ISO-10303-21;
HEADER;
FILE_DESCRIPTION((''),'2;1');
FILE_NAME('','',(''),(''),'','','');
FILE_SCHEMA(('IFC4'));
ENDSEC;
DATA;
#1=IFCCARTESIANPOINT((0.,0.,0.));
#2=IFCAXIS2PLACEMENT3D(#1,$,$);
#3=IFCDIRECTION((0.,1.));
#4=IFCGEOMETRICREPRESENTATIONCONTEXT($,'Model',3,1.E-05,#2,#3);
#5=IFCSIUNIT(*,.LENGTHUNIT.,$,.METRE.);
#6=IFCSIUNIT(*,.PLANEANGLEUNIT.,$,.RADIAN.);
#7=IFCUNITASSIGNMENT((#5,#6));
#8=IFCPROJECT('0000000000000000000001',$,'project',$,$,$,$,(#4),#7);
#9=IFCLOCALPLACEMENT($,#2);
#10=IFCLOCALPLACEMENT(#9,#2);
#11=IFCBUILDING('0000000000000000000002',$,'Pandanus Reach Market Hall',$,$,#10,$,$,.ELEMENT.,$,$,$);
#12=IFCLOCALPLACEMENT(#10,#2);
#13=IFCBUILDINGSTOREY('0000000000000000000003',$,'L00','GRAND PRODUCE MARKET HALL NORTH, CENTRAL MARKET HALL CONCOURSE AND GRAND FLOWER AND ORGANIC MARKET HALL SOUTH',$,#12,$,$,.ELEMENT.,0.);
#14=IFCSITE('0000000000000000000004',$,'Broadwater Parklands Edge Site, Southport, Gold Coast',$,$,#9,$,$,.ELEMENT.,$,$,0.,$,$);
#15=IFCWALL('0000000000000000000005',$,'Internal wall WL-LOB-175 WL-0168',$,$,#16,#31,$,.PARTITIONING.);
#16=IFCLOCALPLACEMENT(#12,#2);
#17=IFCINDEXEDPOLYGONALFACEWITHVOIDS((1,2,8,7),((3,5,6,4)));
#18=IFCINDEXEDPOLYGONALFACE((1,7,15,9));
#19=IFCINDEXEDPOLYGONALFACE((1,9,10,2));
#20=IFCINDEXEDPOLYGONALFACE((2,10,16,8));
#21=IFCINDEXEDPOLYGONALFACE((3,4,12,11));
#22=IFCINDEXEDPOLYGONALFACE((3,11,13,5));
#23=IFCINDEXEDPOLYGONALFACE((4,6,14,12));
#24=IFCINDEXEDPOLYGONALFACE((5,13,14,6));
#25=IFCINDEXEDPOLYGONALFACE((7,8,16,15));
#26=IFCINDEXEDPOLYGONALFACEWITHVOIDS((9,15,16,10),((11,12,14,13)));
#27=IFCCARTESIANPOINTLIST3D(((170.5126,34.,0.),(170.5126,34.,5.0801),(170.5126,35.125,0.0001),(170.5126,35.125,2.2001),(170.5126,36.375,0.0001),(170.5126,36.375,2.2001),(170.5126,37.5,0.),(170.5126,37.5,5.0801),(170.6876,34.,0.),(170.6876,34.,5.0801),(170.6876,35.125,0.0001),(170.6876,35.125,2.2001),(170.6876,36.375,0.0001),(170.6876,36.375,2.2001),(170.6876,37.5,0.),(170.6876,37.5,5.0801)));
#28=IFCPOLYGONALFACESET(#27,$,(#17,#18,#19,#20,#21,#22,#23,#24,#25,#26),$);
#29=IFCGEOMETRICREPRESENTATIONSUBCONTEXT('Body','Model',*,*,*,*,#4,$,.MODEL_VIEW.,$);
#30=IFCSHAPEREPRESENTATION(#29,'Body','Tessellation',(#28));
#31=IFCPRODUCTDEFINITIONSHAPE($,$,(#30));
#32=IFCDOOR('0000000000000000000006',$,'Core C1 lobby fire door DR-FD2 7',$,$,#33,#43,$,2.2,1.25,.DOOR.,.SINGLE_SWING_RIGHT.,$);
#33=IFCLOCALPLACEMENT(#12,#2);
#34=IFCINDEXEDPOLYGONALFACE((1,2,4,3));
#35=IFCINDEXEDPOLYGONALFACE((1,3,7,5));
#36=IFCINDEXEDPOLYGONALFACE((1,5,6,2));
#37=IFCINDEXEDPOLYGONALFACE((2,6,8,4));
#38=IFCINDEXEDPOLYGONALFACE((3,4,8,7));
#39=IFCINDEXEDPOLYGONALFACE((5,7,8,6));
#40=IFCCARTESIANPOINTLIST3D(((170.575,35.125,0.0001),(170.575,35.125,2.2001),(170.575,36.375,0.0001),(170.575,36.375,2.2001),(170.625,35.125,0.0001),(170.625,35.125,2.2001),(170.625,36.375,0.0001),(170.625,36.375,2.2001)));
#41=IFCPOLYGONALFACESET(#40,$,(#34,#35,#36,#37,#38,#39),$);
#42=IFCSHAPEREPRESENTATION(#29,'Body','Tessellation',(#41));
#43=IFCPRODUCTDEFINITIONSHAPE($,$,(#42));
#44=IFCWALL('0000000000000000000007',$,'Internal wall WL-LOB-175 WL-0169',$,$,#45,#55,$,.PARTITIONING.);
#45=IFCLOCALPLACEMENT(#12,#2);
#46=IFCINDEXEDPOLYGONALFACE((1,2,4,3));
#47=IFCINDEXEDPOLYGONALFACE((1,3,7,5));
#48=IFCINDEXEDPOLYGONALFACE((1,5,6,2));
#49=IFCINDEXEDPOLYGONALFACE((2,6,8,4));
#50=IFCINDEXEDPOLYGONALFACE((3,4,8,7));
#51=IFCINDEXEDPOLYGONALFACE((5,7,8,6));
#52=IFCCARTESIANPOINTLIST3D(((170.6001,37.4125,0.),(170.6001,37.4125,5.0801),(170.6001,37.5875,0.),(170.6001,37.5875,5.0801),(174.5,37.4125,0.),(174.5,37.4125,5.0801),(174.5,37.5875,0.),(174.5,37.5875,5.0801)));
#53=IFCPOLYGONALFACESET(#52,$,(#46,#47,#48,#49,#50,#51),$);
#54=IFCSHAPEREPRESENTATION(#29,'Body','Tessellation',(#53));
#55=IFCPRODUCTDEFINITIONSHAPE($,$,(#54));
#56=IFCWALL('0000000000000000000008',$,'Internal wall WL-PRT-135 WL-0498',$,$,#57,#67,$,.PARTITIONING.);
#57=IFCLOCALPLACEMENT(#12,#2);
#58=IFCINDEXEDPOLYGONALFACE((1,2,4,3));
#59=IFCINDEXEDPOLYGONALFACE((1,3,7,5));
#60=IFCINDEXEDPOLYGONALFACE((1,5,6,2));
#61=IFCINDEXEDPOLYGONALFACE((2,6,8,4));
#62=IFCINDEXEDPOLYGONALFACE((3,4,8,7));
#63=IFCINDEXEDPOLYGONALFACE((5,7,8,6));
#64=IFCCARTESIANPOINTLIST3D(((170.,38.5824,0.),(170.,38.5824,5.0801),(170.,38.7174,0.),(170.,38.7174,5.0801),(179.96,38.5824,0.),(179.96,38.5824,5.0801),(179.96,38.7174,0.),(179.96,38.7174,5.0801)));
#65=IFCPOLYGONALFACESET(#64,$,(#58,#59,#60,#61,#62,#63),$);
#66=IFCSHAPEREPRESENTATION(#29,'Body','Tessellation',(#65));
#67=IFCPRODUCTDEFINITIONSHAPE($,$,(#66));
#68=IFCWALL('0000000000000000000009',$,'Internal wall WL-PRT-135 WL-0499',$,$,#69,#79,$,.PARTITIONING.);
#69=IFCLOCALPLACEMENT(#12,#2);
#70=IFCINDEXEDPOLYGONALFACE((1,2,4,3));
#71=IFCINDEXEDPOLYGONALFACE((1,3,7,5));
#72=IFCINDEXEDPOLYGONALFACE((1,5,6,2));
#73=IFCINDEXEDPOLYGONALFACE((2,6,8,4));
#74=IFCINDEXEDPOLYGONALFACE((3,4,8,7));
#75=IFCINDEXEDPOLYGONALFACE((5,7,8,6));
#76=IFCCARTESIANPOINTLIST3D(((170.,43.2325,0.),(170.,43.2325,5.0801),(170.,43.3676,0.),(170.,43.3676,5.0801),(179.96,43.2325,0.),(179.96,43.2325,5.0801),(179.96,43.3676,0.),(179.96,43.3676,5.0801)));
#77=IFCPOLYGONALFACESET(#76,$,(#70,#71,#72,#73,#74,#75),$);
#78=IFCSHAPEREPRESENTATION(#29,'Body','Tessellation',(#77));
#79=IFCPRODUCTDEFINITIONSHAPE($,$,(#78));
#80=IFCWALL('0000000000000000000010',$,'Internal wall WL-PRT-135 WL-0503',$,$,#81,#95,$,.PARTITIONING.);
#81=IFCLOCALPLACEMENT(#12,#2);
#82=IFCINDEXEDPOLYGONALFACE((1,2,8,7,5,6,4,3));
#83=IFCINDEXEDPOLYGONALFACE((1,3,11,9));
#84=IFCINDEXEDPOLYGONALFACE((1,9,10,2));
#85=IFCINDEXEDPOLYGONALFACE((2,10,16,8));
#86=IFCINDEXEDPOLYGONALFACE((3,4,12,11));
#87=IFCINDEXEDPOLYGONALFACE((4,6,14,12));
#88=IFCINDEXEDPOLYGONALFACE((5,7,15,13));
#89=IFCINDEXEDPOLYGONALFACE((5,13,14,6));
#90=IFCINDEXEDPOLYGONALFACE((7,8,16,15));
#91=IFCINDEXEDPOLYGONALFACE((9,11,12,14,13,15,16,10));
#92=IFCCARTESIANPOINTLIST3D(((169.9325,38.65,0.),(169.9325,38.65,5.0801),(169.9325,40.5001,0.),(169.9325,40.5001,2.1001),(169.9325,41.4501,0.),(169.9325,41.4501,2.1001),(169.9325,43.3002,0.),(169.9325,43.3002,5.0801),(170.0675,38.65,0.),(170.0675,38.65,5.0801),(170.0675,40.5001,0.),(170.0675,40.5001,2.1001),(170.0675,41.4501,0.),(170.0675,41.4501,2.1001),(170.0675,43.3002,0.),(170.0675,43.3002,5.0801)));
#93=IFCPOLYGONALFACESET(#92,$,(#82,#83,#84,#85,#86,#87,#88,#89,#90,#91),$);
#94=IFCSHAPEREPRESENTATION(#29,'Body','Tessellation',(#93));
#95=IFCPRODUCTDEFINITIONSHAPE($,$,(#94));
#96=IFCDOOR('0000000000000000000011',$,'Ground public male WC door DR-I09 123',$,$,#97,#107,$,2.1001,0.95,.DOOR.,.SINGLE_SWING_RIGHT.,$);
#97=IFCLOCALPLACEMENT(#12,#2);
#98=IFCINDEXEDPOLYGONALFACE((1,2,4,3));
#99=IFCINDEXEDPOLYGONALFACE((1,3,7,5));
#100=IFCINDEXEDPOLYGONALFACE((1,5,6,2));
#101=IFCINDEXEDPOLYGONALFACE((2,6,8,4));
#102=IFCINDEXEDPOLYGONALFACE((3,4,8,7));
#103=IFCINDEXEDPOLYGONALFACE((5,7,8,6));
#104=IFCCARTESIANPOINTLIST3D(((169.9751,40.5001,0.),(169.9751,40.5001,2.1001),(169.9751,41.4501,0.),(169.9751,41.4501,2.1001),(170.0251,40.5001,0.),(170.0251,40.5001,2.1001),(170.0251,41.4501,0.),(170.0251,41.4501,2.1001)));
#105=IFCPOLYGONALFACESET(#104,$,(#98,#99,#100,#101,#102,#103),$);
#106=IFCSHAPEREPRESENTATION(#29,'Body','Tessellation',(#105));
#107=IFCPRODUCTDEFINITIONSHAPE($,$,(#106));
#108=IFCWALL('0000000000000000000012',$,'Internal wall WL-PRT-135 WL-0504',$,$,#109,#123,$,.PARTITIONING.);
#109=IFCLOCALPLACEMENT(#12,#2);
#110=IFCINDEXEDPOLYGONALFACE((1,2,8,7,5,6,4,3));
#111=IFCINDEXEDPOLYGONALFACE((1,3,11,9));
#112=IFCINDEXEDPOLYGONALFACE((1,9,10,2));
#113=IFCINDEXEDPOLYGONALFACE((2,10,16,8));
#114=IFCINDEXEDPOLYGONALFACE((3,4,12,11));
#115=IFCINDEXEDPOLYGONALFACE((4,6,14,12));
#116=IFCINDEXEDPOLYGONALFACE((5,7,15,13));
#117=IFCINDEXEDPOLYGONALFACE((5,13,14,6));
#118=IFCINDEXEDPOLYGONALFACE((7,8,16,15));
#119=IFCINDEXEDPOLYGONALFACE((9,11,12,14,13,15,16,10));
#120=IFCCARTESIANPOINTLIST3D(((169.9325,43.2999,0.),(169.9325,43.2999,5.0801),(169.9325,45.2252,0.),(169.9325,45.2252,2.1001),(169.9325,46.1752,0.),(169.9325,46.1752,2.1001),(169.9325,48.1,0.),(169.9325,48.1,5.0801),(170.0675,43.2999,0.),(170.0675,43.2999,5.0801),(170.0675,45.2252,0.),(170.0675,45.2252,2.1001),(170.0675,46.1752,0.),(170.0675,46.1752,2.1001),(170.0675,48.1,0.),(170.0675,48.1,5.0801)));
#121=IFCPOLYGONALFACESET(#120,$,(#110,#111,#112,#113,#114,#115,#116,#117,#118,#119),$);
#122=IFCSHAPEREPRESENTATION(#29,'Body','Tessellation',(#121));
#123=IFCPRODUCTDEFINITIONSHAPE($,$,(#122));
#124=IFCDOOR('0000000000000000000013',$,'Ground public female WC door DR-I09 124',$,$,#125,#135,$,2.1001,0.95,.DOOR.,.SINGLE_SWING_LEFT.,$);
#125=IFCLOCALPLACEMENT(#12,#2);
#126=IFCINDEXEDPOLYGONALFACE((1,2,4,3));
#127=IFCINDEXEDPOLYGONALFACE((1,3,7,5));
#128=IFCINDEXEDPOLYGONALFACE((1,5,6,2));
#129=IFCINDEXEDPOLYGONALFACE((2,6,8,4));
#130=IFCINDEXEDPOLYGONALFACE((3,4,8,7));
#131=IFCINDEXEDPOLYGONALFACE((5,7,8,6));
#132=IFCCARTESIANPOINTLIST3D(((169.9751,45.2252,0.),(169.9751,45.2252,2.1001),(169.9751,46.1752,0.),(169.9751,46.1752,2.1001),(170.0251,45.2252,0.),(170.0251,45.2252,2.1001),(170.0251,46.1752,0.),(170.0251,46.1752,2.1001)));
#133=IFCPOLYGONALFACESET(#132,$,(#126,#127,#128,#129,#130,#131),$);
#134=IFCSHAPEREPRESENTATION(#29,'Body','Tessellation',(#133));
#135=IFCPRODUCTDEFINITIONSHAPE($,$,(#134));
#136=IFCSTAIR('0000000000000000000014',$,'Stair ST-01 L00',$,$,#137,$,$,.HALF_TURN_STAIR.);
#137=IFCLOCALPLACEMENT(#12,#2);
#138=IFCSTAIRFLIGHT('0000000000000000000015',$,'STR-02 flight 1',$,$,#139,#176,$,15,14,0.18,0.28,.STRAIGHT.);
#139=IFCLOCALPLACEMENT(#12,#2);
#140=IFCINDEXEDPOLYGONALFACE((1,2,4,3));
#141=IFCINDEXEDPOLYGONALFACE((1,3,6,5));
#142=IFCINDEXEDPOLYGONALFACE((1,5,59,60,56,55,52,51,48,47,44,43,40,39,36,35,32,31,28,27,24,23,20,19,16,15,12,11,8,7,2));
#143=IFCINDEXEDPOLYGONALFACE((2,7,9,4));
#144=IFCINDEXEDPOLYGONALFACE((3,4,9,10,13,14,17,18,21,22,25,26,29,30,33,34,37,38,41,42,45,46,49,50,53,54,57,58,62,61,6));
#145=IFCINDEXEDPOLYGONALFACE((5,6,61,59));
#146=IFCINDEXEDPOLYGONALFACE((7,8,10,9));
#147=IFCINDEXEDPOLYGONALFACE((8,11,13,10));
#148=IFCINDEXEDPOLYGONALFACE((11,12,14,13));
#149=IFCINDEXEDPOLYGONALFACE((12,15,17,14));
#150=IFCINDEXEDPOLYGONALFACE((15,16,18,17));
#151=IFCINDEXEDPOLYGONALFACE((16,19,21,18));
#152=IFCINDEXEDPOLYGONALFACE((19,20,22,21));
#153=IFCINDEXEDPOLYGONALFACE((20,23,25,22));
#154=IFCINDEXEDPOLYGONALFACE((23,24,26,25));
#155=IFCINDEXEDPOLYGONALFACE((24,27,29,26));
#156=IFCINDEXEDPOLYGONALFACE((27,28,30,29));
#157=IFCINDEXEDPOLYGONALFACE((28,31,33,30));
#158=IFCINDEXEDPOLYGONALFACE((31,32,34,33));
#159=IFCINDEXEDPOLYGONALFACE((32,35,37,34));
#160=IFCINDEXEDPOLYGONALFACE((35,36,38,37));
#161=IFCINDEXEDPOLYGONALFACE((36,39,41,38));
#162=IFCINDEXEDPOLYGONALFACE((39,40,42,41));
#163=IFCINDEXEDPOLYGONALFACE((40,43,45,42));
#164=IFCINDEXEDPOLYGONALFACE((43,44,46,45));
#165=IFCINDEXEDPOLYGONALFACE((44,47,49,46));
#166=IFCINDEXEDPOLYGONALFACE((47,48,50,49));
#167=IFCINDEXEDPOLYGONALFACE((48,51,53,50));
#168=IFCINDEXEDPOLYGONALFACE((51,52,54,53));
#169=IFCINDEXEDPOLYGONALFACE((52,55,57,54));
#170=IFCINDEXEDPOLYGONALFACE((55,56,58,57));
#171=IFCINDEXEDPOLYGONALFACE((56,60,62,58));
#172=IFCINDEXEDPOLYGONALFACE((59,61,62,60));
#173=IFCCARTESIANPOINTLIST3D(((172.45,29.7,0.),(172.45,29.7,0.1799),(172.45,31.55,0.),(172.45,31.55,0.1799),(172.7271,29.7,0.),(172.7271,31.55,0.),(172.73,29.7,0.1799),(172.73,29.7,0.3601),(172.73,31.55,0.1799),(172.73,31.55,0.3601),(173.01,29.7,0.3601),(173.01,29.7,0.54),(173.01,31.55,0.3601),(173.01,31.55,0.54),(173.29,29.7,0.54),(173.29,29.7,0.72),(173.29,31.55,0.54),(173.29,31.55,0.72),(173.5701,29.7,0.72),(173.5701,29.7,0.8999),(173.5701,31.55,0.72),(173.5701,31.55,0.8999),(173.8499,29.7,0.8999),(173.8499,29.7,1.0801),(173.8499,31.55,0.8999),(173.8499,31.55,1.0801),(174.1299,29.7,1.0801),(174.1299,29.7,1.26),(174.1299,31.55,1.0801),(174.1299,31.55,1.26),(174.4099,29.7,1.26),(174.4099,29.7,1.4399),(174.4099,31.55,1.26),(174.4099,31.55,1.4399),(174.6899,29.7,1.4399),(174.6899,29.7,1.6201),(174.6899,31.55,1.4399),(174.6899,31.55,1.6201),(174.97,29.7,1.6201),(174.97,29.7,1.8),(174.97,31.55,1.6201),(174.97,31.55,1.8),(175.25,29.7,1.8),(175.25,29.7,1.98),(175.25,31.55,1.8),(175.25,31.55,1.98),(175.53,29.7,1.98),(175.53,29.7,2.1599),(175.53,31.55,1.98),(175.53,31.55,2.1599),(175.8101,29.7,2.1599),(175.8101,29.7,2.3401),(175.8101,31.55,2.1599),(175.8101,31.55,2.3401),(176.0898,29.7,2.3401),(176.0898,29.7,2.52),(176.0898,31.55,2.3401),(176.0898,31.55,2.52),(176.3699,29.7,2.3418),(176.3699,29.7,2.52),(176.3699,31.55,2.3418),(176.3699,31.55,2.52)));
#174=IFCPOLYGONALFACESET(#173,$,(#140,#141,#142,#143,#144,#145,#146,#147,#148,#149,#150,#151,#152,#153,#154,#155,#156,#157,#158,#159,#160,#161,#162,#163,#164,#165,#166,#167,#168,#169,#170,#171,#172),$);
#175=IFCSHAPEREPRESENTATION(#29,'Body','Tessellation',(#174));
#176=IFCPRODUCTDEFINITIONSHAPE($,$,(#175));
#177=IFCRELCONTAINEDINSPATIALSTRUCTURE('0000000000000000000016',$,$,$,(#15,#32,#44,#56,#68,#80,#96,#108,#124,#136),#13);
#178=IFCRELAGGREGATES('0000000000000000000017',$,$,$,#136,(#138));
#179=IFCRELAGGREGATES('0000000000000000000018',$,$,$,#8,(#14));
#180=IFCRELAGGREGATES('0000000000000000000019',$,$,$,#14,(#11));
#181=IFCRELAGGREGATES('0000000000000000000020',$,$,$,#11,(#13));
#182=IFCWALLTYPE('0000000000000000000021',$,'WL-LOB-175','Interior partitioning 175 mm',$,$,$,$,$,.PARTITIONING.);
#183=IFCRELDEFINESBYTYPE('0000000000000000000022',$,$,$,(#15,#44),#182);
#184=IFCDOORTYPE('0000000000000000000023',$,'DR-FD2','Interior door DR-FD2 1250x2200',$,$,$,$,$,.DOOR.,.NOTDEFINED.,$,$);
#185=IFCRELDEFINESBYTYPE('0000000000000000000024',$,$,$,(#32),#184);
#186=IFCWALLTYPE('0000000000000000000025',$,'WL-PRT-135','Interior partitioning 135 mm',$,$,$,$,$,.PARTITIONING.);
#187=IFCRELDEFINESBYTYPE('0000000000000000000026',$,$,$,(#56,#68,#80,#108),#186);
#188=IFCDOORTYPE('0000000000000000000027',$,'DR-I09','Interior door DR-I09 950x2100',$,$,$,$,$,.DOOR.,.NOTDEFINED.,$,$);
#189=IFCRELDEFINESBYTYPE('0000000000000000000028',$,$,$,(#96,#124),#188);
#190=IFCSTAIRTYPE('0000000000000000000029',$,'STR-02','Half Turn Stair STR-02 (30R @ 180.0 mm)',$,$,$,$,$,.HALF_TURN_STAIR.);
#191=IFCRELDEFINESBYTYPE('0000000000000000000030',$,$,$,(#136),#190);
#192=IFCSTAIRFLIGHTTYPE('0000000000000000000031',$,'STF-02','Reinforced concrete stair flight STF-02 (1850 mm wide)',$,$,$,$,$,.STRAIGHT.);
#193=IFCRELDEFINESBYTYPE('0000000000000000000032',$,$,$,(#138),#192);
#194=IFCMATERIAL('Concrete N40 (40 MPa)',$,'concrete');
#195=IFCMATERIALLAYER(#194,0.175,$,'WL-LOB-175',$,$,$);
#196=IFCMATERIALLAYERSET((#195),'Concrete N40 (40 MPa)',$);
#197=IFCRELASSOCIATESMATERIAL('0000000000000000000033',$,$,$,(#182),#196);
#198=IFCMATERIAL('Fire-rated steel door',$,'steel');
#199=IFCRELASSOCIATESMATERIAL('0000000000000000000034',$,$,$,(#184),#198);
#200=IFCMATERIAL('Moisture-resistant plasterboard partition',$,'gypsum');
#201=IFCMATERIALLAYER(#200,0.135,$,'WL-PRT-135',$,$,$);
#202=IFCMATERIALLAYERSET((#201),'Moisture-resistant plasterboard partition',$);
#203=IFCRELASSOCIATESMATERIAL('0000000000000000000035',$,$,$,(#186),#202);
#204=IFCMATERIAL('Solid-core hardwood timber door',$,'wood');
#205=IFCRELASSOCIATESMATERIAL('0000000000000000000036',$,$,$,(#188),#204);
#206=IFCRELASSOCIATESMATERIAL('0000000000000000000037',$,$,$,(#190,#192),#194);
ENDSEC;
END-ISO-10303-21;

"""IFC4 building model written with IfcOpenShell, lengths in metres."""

from ifc_helpers import new_model, si_unit, direction, frame, frame_2d, origin, place, context, subcontext, project, spatial, polyline, rectangle, outline, extrude, material, layer, layer_set, type_object, element, fill, aggregate, save


model = new_model("IFC4")

# Units and contexts
model_context = context("Model", 3, precision=1e-05, world=origin(), true_north=direction((0.0, 1.0)))
body_context = subcontext(model_context, "Body", "Model", "MODEL_VIEW")
ifc_project = project(units=[si_unit("LENGTHUNIT", "METRE"), si_unit("PLANEANGLEUNIT", "RADIAN")], contexts=[model_context])

# Site, building, storey
site_placement = place(None, origin())
site = spatial("IfcSite", under=ifc_project, at=site_placement, Name="Broadwater Parklands Edge Site, Southport, Gold Coast", CompositionType="ELEMENT", RefElevation=0.0)
building_placement = place(site_placement, origin())
building = spatial("IfcBuilding", under=site, at=building_placement, Name="Pandanus Reach Market Hall", CompositionType="ELEMENT")
storey_placement = place(building_placement, origin())
storey = spatial("IfcBuildingStorey", under=building, at=storey_placement, Name="L00", Description="GRAND PRODUCE MARKET HALL NORTH, CENTRAL MARKET HALL CONCOURSE AND GRAND FLOWER AND ORGANIC MARKET HALL SOUTH", CompositionType="ELEMENT", Elevation=0.0)

# Shared definitions
ifc_material_1 = material(Name="Concrete N40 (40 MPa)", Category="concrete")

# Shared definitions
ifc_material_2 = material(Name="Fire-rated steel door", Category="steel")

# Wall, opening, door
ifc_layer_1 = layer(ifc_material_1, 0.175, Name="WL-LOB-175")
ifc_layer_set_1 = layer_set([ifc_layer_1], Name="Concrete N40 (40 MPa)")
wall_type_1 = type_object("IfcWallType", Name="WL-LOB-175", Description="Interior partitioning 175 mm", PredefinedType="PARTITIONING", material=ifc_layer_set_1)
wall_1_placement = place(storey_placement, frame((170.6001, 34.0, 0.0), z_axis=(0.0, 0.0, 1.0), x_axis=(0.0, 1.0, 0.0)))
wall_1 = element("IfcWall", 1, at=wall_1_placement, inside=storey, type_object=wall_type_1, Name="Internal wall WL-LOB-175 WL-0168", PredefinedType="PARTITIONING", context=body_context, shape_type="SweptSolid", body=[
    extrude(rectangle(XDim=3.5, YDim=0.175, at=frame_2d((1.75, 0.0))), origin(), (0.0, 0.0, 1.0), 5.0801),
])
opening_1_placement = place(wall_1_placement, frame((1.125, 0.0, 0.0)))
opening_1 = element("IfcOpeningElement", 2, at=opening_1_placement, cuts=wall_1, PredefinedType="OPENING", context=body_context, shape_type="SweptSolid", body=[
    extrude(rectangle(XDim=1.25, YDim=2.2, at=frame_2d((0.625, 1.1001))), frame((0.0, 0.1025, 0.0), z_axis=(0.0, -1.0, 0.0), x_axis=(1.0, 0.0, 0.0)), (0.0, 0.0, 1.0), 0.2051),
])
door_type_1 = type_object("IfcDoorType", Name="DR-FD2", Description="Interior door DR-FD2 1250x2200", OperationType="NOTDEFINED", PredefinedType="DOOR", material=ifc_material_2)
door_1_placement = place(opening_1_placement, frame((1.25, 0.0, 0.0), z_axis=(0.0, 0.0, 1.0), x_axis=(-1.0, 0.0, 0.0)))
door_1 = element("IfcDoor", 3, at=door_1_placement, inside=storey, type_object=door_type_1, Name="Core C1 lobby fire door DR-FD2 7", OperationType="SINGLE_SWING_RIGHT", OverallHeight=2.2, OverallWidth=1.25, PredefinedType="DOOR", context=body_context, shape_type="SweptSolid", body=[
    extrude(rectangle(XDim=1.25, YDim=2.2, at=frame_2d((0.625, 1.1001))), frame((0.0, 0.0249, 0.0), z_axis=(0.0, -1.0, 0.0), x_axis=(1.0, 0.0, 0.0)), (0.0, 0.0, 1.0), 0.05),
])
fill(opening_1, door_1)

# Walls
wall_2_placement = place(storey_placement, frame((170.6001, 37.5, 0.0), z_axis=(0.0, 0.0, 1.0), x_axis=(1.0, 0.0, 0.0)))
element("IfcWall", 4, at=wall_2_placement, inside=storey, type_object=wall_type_1, Name="Internal wall WL-LOB-175 WL-0169", PredefinedType="PARTITIONING", context=body_context, shape_type="SweptSolid", body=[
    extrude(rectangle(XDim=3.8999, YDim=0.175, at=frame_2d((1.95, 0.0))), origin(), (0.0, 0.0, 1.0), 5.0801),
])
ifc_material_3 = material(Name="Moisture-resistant plasterboard partition", Category="gypsum")
ifc_layer_2 = layer(ifc_material_3, 0.135, Name="WL-PRT-135")
ifc_layer_set_2 = layer_set([ifc_layer_2], Name="Moisture-resistant plasterboard partition")
wall_type_2 = type_object("IfcWallType", Name="WL-PRT-135", Description="Interior partitioning 135 mm", PredefinedType="PARTITIONING", material=ifc_layer_set_2)
for number, where, z_axis, x_axis, name in (
    (5, (170.0, 38.6499, 0.0), (0.0, 0.0, 1.0), (1.0, 0.0, 0.0), "Internal wall WL-PRT-135 WL-0498"),
    (6, (170.0, 43.3, 0.0), (0.0, 0.0, 1.0), (1.0, 0.0, 0.0), "Internal wall WL-PRT-135 WL-0499"),
):
    element("IfcWall", number, at=place(storey_placement, frame(where, z_axis=z_axis, x_axis=x_axis)), inside=storey, type_object=wall_type_2, Name=name, PredefinedType="PARTITIONING", context=body_context, shape_type="SweptSolid", body=[
        extrude(rectangle(XDim=9.96, YDim=0.135, at=frame_2d((4.98, 0.0))), origin(), (0.0, 0.0, 1.0), 5.0801),
    ])

# Walls, openings, doors
wall_3_placement = place(storey_placement, frame((170.0, 38.6499, 0.0), z_axis=(0.0, 0.0, 1.0), x_axis=(0.0, 1.0, 0.0)))
wall_3 = element("IfcWall", 7, at=wall_3_placement, inside=storey, type_object=wall_type_2, Name="Internal wall WL-PRT-135 WL-0503", PredefinedType="PARTITIONING", context=body_context, shape_type="SweptSolid", body=[
    extrude(rectangle(XDim=4.6501, YDim=0.135, at=frame_2d((2.3252, 0.0))), origin(), (0.0, 0.0, 1.0), 5.0801),
])
opening_2_placement = place(wall_3_placement, frame((1.8501, 0.0, 0.0)))
opening_2 = element("IfcOpeningElement", 8, at=opening_2_placement, cuts=wall_3, PredefinedType="OPENING", context=body_context, shape_type="SweptSolid", body=[
    extrude(rectangle(XDim=0.95, YDim=2.1001, at=frame_2d((0.4751, 1.05))), frame((0.0, 0.0825, 0.0), z_axis=(0.0, -1.0, 0.0), x_axis=(1.0, 0.0, 0.0)), (0.0, 0.0, 1.0), 0.165),
])
ifc_material_4 = material(Name="Solid-core hardwood timber door", Category="wood")
door_type_2 = type_object("IfcDoorType", Name="DR-I09", Description="Interior door DR-I09 950x2100", OperationType="NOTDEFINED", PredefinedType="DOOR", material=ifc_material_4)
door_2_placement = place(opening_2_placement, origin())
door_2 = element("IfcDoor", 9, at=door_2_placement, inside=storey, type_object=door_type_2, Name="Ground public male WC door DR-I09 123", OperationType="SINGLE_SWING_RIGHT", OverallHeight=2.1001, OverallWidth=0.95, PredefinedType="DOOR", context=body_context, shape_type="SweptSolid", body=[
    extrude(rectangle(XDim=0.95, YDim=2.1001, at=frame_2d((0.4751, 1.05))), frame((0.0, 0.0249, 0.0), z_axis=(0.0, -1.0, 0.0), x_axis=(1.0, 0.0, 0.0)), (0.0, 0.0, 1.0), 0.05),
])
fill(opening_2, door_2)
wall_4_placement = place(storey_placement, frame((170.0, 43.3, 0.0), z_axis=(0.0, 0.0, 1.0), x_axis=(0.0, 1.0, 0.0)))
wall_4 = element("IfcWall", 10, at=wall_4_placement, inside=storey, type_object=wall_type_2, Name="Internal wall WL-PRT-135 WL-0504", PredefinedType="PARTITIONING", context=body_context, shape_type="SweptSolid", body=[
    extrude(rectangle(XDim=4.8, YDim=0.135, at=frame_2d((2.3999, 0.0))), origin(), (0.0, 0.0, 1.0), 5.0801),
])
opening_3_placement = place(wall_4_placement, frame((1.925, 0.0, 0.0)))
opening_3 = element("IfcOpeningElement", 11, at=opening_3_placement, cuts=wall_4, PredefinedType="OPENING", context=body_context, shape_type="SweptSolid", body=[
    extrude(rectangle(XDim=0.95, YDim=2.1001, at=frame_2d((0.4751, 1.05))), frame((0.0, 0.0825, 0.0), z_axis=(0.0, -1.0, 0.0), x_axis=(1.0, 0.0, 0.0)), (0.0, 0.0, 1.0), 0.165),
])
door_3_placement = place(opening_3_placement, origin())
door_3 = element("IfcDoor", 12, at=door_3_placement, inside=storey, type_object=door_type_2, Name="Ground public female WC door DR-I09 124", OperationType="SINGLE_SWING_LEFT", OverallHeight=2.1001, OverallWidth=0.95, PredefinedType="DOOR", context=body_context, shape_type="SweptSolid", body=[
    extrude(rectangle(XDim=0.95, YDim=2.1001, at=frame_2d((0.4751, 1.05))), frame((0.0, 0.0249, 0.0), z_axis=(0.0, -1.0, 0.0), x_axis=(1.0, 0.0, 0.0)), (0.0, 0.0, 1.0), 0.05),
])
fill(opening_3, door_3)

# Stair, stair flight
stair_type = type_object("IfcStairType", Name="STR-02", Description="Half Turn Stair STR-02 (30R @ 180.0 mm)", PredefinedType="HALF_TURN_STAIR", material=ifc_material_1)
stair_placement = place(storey_placement, origin())
stair = element("IfcStair", 13, at=stair_placement, inside=storey, type_object=stair_type, Name="Stair ST-01 L00", PredefinedType="HALF_TURN_STAIR")
stair_flight_type = type_object("IfcStairFlightType", Name="STF-02", Description="Reinforced concrete stair flight STF-02 (1850 mm wide)", PredefinedType="STRAIGHT", material=ifc_material_1)
stair_flight_placement = place(storey_placement, frame((172.45, 30.625, 0.0), z_axis=(0.0, 0.0, 1.0), x_axis=(1.0, 0.0, 0.0)))
stair_flight = element("IfcStairFlight", 14, at=stair_flight_placement, type_object=stair_flight_type, Name="STR-02 flight 1", NumberOfRisers=15, NumberOfTreads=14, PredefinedType="STRAIGHT", RiserHeight=0.18, TreadLength=0.28, context=body_context, shape_type="SweptSolid", body=[
    extrude(outline(polyline([(0.0, 0.0), (0.0, 0.1799), (0.28, 0.1799), (0.28, 0.3601), (0.5601, 0.3601), (0.5601, 0.54), (0.8401, 0.54), (0.8401, 0.72), (1.1201, 0.72), (1.1201, 0.8999), (1.3999, 0.8999), (1.3999, 1.0801), (1.6799, 1.0801), (1.6799, 1.26), (1.96, 1.26), (1.96, 1.4399), (2.24, 1.4399), (2.24, 1.6201), (2.52, 1.6201), (2.52, 1.8), (2.8, 1.8), (2.8, 1.98), (3.0801, 1.98), (3.0801, 2.1599), (3.3601, 2.1599), (3.3601, 2.3401), (3.6399, 2.3401), (3.6399, 2.52), (3.9199, 2.52), (3.9199, 2.7), (3.9199, 2.3418), (0.2771, 0.0), (0.0, 0.0)])), frame((0.0, 0.925, 0.0), z_axis=(0.0, -1.0, 0.0), x_axis=(1.0, 0.0, 0.0)), (0.0, 0.0, 1.0), 1.8501),
])
aggregate(stair, [stair_flight])

save(model, "model.ifc")
